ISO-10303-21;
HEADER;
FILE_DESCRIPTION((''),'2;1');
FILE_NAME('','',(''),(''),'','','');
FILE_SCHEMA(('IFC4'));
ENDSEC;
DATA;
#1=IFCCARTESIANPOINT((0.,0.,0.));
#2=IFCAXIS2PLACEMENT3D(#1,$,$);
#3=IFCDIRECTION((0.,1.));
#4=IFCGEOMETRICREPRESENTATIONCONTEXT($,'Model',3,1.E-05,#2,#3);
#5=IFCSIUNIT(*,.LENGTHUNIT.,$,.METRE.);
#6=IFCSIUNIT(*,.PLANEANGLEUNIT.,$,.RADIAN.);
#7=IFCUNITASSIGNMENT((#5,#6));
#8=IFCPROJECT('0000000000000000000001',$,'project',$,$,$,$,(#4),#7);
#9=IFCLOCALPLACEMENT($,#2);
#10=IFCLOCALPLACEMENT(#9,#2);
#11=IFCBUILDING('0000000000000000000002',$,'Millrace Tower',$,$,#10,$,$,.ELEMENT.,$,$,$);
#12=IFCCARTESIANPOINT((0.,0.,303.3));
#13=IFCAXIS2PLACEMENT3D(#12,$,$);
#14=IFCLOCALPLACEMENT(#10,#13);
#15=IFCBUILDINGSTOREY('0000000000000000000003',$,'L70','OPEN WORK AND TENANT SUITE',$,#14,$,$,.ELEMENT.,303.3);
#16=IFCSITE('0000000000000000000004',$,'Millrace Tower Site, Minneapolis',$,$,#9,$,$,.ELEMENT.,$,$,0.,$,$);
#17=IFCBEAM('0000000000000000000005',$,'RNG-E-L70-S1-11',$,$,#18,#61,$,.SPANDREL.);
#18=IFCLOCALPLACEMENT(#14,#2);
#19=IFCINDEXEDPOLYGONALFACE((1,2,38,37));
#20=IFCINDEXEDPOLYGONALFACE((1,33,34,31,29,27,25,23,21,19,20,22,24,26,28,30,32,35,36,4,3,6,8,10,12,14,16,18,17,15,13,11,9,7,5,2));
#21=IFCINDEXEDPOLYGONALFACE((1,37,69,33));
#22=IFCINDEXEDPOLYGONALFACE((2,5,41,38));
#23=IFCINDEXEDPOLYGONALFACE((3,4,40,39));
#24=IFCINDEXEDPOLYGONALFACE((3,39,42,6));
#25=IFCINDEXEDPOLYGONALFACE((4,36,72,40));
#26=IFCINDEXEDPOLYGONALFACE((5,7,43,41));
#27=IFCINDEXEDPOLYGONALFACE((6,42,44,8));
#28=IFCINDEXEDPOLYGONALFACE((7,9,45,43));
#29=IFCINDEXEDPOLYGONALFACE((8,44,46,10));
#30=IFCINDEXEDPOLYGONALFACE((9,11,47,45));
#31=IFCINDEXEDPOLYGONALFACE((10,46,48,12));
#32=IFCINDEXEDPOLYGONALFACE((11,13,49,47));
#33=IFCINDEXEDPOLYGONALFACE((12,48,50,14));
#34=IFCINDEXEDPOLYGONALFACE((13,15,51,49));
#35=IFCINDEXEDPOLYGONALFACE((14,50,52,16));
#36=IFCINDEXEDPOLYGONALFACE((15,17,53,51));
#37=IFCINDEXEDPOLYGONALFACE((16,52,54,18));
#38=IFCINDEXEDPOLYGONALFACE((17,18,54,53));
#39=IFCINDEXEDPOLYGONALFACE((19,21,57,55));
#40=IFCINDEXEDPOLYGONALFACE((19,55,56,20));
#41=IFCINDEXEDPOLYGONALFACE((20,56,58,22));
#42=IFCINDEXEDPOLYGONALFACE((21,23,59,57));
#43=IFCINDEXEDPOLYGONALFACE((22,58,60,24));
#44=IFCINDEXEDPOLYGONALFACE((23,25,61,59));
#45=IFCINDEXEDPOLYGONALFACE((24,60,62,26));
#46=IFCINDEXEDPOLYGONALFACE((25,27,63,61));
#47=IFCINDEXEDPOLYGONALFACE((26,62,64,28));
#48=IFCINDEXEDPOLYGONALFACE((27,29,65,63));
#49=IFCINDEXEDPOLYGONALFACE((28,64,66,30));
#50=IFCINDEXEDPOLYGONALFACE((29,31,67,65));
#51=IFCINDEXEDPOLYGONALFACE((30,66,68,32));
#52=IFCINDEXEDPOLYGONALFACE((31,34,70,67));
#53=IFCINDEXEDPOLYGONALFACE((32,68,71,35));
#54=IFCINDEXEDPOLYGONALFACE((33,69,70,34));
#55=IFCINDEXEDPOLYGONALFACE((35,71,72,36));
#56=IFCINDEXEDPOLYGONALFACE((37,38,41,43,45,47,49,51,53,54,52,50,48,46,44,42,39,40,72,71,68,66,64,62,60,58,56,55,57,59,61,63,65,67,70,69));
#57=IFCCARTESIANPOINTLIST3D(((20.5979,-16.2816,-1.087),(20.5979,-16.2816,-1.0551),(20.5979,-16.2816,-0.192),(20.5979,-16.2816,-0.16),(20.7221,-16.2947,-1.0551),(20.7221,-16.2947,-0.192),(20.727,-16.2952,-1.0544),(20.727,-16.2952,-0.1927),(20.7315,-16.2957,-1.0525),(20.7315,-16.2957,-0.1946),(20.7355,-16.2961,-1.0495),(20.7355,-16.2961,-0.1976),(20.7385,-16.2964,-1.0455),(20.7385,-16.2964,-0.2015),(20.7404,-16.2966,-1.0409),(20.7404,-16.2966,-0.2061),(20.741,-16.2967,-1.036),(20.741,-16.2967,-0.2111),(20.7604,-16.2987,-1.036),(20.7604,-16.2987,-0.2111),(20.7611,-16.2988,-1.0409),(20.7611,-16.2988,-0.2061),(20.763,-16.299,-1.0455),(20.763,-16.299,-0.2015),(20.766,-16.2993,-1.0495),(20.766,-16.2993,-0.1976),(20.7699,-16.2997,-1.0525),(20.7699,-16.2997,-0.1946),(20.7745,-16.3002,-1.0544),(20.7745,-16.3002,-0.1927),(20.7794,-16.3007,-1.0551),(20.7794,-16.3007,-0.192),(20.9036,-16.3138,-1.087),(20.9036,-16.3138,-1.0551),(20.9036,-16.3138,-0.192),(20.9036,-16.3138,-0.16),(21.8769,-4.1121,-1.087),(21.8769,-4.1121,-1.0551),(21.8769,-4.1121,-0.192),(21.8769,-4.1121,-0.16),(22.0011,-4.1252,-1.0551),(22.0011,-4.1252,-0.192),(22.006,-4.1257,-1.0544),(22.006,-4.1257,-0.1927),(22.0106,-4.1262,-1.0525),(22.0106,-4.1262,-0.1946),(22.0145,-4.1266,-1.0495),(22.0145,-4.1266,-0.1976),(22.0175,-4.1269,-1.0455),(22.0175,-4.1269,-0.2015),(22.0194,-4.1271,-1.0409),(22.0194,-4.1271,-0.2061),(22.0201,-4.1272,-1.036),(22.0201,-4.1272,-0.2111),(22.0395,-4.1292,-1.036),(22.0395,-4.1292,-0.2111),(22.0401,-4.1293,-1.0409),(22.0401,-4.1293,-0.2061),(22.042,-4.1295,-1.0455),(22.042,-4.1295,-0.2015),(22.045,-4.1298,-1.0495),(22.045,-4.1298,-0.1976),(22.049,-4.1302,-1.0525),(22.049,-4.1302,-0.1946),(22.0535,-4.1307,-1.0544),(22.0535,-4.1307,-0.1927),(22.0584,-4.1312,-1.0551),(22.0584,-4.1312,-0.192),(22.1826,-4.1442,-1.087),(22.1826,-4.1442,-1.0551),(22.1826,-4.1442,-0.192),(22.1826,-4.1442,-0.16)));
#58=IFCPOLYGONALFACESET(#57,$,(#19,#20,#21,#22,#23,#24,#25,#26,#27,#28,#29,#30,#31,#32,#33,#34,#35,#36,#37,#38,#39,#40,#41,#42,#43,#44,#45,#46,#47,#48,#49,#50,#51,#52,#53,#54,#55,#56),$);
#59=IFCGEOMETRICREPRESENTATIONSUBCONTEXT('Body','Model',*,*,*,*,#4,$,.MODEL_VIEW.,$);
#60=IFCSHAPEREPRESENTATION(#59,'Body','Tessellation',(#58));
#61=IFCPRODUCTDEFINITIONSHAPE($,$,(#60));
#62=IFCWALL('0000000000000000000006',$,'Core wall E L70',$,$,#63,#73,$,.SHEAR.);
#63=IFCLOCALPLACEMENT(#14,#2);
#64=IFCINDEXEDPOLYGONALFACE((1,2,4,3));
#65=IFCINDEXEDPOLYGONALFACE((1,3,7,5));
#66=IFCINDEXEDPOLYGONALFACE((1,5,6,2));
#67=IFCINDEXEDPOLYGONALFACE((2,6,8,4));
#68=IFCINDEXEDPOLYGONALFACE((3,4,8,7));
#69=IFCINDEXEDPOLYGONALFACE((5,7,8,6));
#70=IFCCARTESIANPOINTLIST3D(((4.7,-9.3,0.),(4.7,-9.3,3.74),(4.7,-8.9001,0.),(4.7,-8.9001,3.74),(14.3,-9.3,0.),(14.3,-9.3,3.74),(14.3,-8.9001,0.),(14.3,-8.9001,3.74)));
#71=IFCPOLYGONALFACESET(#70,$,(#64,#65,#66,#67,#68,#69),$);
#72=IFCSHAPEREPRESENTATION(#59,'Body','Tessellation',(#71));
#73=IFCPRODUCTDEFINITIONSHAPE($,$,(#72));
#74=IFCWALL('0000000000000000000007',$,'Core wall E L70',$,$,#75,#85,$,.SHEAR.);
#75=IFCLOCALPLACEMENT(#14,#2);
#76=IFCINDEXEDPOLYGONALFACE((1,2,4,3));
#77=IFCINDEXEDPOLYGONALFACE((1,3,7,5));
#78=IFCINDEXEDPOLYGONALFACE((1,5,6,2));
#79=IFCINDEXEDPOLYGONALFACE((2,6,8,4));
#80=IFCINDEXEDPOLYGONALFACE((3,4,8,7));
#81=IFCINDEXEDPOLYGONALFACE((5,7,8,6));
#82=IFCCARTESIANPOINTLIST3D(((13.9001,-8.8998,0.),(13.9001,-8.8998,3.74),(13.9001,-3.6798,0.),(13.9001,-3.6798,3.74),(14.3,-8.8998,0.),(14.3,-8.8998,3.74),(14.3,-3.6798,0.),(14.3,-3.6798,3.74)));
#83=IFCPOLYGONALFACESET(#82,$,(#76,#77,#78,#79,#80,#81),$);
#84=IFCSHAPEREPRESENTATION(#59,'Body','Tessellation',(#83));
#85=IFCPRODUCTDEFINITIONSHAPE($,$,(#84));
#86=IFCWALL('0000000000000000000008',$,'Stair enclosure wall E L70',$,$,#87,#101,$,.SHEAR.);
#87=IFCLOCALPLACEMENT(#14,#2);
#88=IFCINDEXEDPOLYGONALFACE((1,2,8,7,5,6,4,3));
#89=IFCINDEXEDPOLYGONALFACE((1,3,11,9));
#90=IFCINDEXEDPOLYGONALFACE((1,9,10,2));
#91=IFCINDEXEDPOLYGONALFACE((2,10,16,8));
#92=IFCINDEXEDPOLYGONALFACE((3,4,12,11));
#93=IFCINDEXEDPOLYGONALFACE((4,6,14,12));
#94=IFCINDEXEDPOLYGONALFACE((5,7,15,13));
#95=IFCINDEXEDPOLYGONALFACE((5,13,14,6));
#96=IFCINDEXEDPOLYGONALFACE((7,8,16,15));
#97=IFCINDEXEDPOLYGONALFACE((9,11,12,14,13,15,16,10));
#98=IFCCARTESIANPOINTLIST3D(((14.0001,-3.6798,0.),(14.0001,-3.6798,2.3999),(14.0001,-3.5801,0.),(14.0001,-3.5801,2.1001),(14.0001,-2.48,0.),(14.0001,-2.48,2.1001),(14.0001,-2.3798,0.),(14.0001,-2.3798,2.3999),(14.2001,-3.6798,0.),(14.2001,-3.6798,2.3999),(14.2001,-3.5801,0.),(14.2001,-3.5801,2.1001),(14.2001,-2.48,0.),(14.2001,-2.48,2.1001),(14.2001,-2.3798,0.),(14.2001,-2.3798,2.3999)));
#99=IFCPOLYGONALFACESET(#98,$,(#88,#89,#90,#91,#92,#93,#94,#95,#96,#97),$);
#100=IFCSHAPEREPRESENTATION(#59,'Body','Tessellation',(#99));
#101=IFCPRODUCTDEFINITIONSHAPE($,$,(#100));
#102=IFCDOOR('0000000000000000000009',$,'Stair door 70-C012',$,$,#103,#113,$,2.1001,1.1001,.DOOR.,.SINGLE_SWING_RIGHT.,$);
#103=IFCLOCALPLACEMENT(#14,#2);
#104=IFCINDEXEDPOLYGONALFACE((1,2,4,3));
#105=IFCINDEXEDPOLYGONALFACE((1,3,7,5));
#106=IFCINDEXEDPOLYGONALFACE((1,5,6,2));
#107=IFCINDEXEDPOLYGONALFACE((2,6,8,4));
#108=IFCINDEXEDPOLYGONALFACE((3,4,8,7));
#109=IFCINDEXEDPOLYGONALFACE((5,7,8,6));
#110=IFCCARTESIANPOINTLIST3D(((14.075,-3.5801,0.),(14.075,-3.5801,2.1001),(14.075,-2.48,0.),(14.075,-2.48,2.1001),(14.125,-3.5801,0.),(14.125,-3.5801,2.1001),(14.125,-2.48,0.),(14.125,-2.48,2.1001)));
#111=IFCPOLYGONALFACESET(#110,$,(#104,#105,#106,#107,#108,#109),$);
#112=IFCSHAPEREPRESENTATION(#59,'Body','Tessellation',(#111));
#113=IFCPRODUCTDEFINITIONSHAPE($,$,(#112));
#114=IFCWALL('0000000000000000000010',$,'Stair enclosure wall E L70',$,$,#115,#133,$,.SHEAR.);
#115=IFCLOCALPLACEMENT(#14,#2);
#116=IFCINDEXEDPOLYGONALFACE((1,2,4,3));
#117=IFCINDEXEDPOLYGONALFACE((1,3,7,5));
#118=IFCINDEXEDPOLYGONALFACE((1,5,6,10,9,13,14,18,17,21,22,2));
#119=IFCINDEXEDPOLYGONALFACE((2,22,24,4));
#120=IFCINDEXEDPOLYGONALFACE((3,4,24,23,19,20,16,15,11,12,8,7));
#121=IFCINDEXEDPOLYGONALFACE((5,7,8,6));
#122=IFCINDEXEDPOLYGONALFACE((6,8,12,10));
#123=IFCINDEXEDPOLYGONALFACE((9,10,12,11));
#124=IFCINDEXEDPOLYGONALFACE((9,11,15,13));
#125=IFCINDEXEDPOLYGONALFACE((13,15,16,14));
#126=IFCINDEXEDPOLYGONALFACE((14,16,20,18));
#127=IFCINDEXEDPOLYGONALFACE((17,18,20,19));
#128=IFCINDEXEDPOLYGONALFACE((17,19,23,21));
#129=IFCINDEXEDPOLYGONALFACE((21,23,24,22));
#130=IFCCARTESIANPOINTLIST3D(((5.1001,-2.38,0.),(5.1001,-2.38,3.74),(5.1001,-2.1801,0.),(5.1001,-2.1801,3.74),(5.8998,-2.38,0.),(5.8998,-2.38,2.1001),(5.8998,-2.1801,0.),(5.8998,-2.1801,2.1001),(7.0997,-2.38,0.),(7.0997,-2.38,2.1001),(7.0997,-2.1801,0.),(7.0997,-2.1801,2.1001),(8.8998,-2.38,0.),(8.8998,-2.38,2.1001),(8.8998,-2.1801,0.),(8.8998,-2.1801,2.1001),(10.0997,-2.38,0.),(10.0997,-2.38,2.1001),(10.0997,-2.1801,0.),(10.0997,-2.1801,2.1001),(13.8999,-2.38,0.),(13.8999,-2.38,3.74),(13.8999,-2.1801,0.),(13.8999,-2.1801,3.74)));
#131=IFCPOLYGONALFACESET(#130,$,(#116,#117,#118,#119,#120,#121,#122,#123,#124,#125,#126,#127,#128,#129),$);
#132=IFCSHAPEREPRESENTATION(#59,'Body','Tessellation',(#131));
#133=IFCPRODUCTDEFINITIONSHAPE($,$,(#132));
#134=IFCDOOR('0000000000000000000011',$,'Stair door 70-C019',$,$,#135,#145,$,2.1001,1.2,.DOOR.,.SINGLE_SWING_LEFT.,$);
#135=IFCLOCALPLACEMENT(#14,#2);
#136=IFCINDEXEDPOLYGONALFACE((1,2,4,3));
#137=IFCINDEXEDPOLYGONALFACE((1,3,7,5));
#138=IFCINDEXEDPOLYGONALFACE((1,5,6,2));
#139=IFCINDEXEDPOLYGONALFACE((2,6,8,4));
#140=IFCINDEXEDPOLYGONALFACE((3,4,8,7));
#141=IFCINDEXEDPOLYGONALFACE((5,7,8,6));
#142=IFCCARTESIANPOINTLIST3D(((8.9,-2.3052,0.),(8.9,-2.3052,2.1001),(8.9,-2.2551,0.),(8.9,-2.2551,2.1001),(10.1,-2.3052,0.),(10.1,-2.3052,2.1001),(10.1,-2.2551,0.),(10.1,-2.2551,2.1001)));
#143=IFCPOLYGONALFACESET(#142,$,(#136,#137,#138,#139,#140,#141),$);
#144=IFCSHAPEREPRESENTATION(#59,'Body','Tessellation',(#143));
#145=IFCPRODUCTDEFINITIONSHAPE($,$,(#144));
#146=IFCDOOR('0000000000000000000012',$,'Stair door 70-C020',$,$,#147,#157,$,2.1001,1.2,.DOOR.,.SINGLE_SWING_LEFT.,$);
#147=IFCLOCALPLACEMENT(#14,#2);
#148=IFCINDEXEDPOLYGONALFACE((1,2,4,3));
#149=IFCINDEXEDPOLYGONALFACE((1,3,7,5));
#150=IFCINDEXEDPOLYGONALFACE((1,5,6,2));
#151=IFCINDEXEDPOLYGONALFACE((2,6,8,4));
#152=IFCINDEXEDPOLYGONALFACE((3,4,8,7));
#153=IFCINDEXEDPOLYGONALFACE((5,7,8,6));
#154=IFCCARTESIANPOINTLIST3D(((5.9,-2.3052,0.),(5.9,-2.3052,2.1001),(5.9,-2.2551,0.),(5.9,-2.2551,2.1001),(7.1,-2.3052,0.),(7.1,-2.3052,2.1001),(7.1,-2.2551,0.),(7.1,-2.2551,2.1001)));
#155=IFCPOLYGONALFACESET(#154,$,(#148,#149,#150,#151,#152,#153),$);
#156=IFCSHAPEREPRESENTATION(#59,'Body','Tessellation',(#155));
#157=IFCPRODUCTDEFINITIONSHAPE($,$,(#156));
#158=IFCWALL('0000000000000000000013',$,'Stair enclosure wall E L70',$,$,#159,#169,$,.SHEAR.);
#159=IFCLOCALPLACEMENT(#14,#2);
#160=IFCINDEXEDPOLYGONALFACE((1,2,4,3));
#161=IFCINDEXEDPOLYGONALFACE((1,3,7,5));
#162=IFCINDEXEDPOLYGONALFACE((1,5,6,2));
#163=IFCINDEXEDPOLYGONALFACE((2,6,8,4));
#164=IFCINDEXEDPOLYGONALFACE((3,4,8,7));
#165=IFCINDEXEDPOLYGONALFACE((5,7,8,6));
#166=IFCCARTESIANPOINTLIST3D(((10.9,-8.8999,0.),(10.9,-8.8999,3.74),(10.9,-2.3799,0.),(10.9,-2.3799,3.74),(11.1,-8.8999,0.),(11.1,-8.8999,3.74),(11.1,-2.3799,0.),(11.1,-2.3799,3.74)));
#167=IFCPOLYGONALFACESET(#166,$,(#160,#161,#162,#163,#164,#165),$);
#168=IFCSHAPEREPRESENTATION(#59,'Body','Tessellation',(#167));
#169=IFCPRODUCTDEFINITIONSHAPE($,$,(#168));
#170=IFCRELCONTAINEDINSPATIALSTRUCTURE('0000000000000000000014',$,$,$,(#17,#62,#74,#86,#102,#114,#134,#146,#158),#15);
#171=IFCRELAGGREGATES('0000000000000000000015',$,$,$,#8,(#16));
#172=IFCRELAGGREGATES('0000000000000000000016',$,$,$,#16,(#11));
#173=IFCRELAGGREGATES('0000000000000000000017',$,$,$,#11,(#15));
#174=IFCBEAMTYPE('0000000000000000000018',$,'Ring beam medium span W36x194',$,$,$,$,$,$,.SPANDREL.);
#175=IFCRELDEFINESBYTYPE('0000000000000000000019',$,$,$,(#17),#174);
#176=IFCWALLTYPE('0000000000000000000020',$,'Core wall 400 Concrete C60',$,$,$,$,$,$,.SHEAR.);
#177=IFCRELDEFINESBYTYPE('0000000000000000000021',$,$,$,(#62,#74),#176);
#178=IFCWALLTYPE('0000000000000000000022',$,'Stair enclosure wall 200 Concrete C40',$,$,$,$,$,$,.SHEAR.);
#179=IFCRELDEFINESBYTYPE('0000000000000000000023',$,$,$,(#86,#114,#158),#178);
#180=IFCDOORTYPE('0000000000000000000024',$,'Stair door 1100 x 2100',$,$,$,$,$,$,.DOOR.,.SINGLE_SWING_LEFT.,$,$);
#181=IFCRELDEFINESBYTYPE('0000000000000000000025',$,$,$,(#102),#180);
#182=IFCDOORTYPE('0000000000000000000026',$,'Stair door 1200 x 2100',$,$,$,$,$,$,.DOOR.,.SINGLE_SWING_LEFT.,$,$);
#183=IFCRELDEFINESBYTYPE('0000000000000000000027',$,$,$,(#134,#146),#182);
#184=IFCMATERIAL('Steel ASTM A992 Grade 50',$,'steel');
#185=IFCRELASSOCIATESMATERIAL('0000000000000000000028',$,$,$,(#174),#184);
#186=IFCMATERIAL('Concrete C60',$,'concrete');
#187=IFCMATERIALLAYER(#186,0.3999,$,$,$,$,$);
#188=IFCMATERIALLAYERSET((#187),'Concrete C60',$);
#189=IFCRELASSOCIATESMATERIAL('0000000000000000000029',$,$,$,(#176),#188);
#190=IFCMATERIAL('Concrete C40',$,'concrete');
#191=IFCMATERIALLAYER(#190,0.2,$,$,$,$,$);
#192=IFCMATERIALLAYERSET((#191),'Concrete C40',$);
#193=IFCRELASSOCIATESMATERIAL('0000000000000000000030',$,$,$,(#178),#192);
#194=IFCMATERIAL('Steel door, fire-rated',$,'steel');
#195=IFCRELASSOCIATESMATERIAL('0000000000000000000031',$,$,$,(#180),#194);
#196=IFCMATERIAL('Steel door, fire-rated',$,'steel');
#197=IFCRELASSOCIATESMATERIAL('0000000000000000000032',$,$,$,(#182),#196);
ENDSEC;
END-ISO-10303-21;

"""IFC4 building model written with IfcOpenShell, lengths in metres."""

from ifc_helpers import new_model, si_unit, direction, frame, frame_2d, origin, origin_2d, place, context, subcontext, project, spatial, rectangle, i_section, extrude, material, layer, layer_set, material_profile, profile_set, type_object, element, fill, save


model = new_model("IFC4")

# Units and contexts
model_context = context("Model", 3, precision=1e-05, world=origin(), true_north=direction((0.0, 1.0)))
body_context = subcontext(model_context, "Body", "Model", "MODEL_VIEW")
ifc_project = project(units=[si_unit("LENGTHUNIT", "METRE"), si_unit("PLANEANGLEUNIT", "RADIAN")], contexts=[model_context])

# Site, building, storey
site_placement = place(None, origin())
site = spatial("IfcSite", under=ifc_project, at=site_placement, Name="Millrace Tower Site, Minneapolis", CompositionType="ELEMENT", RefElevation=0.0)
building_placement = place(site_placement, origin())
building = spatial("IfcBuilding", under=site, at=building_placement, Name="Millrace Tower", CompositionType="ELEMENT")
storey_placement = place(building_placement, frame((0.0, 0.0, 303.3)))
storey = spatial("IfcBuildingStorey", under=building, at=storey_placement, Name="L70", Description="OPEN WORK AND TENANT SUITE", CompositionType="ELEMENT", Elevation=303.3)

# Beam
ifc_material_1 = material(Name="Steel ASTM A992 Grade 50", Category="steel")
ifc_material_profile_1 = material_profile(ifc_material_1, i_section(OverallWidth=0.3074, OverallDepth=0.927, WebThickness=0.0195, FlangeThickness=0.032, FilletRadius=0.019, at=origin_2d()))
ifc_profile_set_1 = profile_set([ifc_material_profile_1], Name="Steel ASTM A992 Grade 50")
beam_type_1 = type_object("IfcBeamType", Name="Ring beam medium span W36x194", PredefinedType="SPANDREL", material=ifc_profile_set_1)
beam_1_placement = place(storey_placement, frame((22.0298, -4.1282, -0.6235), z_axis=(-0.104528, -0.994522, 0.0), x_axis=(0.994522, -0.104528, 0.0)))
element("IfcBeam", 1, at=beam_1_placement, inside=storey, type_object=beam_type_1, Name="RNG-E-L70-S1-11", PredefinedType="SPANDREL", context=body_context, shape_type="SweptSolid", body=[
    extrude(i_section(OverallWidth=0.3074, OverallDepth=0.927, WebThickness=0.0195, FlangeThickness=0.032, FilletRadius=0.019, at=origin_2d()), origin(), (0.0, 0.0, 1.0), 12.2366),
])

# Walls
ifc_material_2 = material(Name="Concrete C60", Category="concrete")
ifc_layer_1 = layer(ifc_material_2, 0.3999)
ifc_layer_set_1 = layer_set([ifc_layer_1], Name="Concrete C60")
wall_type_1 = type_object("IfcWallType", Name="Core wall 400 Concrete C60", PredefinedType="SHEAR", material=ifc_layer_set_1)
wall_1_placement = place(storey_placement, frame((14.3, -9.1001, 0.0), z_axis=(0.0, 0.0, 1.0), x_axis=(-1.0, 0.0, 0.0)))
element("IfcWall", 2, at=wall_1_placement, inside=storey, type_object=wall_type_1, Name="Core wall E L70", PredefinedType="SHEAR", context=body_context, shape_type="SweptSolid", body=[
    extrude(rectangle(XDim=9.6001, YDim=0.3999, at=frame_2d((4.8, 0.0))), origin(), (0.0, 0.0, 1.0), 3.74),
])
wall_2_placement = place(storey_placement, frame((14.1001, -3.6799, 0.0), z_axis=(0.0, 0.0, 1.0), x_axis=(0.0, -1.0, 0.0)))
element("IfcWall", 3, at=wall_2_placement, inside=storey, type_object=wall_type_1, Name="Core wall E L70", PredefinedType="SHEAR", context=body_context, shape_type="SweptSolid", body=[
    extrude(rectangle(XDim=5.22, YDim=0.3999, at=frame_2d((2.6099, 0.0))), origin(), (0.0, 0.0, 1.0), 3.74),
])

# Wall, opening, door
ifc_material_3 = material(Name="Concrete C40", Category="concrete")
ifc_layer_2 = layer(ifc_material_3, 0.2)
ifc_layer_set_2 = layer_set([ifc_layer_2], Name="Concrete C40")
wall_type_2 = type_object("IfcWallType", Name="Stair enclosure wall 200 Concrete C40", PredefinedType="SHEAR", material=ifc_layer_set_2)
wall_3_placement = place(storey_placement, frame((14.1001, -2.3799, 0.0), z_axis=(0.0, 0.0, 1.0), x_axis=(0.0, -1.0, 0.0)))
wall_3 = element("IfcWall", 4, at=wall_3_placement, inside=storey, type_object=wall_type_2, Name="Stair enclosure wall E L70", PredefinedType="SHEAR", context=body_context, shape_type="SweptSolid", body=[
    extrude(rectangle(XDim=1.3, YDim=0.2, at=frame_2d((0.6499, 0.0))), origin(), (0.0, 0.0, 1.0), 2.3999),
])
opening_1_placement = place(wall_3_placement, frame((0.1001, 0.0, 0.0)))
opening_1 = element("IfcOpeningElement", 5, at=opening_1_placement, cuts=wall_3, PredefinedType="OPENING", context=body_context, shape_type="SweptSolid", body=[
    extrude(rectangle(XDim=1.1001, YDim=2.1001, at=frame_2d((0.55, 1.05))), frame((0.0, 0.1099, 0.0), z_axis=(0.0, -1.0, 0.0), x_axis=(1.0, 0.0, 0.0)), (0.0, 0.0, 1.0), 0.22),
])
ifc_material_4 = material(Name="Steel door, fire-rated", Category="steel")
door_type_1 = type_object("IfcDoorType", Name="Stair door 1100 x 2100", OperationType="SINGLE_SWING_LEFT", PredefinedType="DOOR", material=ifc_material_4)
door_1_placement = place(opening_1_placement, origin())
door_1 = element("IfcDoor", 6, at=door_1_placement, inside=storey, type_object=door_type_1, Name="Stair door 70-C012", OperationType="SINGLE_SWING_RIGHT", OverallHeight=2.1001, OverallWidth=1.1001, PredefinedType="DOOR", context=body_context, shape_type="SweptSolid", body=[
    extrude(rectangle(XDim=1.1001, YDim=2.1001, at=frame_2d((0.55, 1.05))), frame((0.0, 0.0249, 0.0), z_axis=(0.0, -1.0, 0.0), x_axis=(1.0, 0.0, 0.0)), (0.0, 0.0, 1.0), 0.05),
])
fill(opening_1, door_1)

# Wall, openings, doors
wall_4_placement = place(storey_placement, frame((13.8999, -2.28, 0.0), z_axis=(0.0, 0.0, 1.0), x_axis=(-1.0, 0.0, 0.0)))
wall_4 = element("IfcWall", 7, at=wall_4_placement, inside=storey, type_object=wall_type_2, Name="Stair enclosure wall E L70", PredefinedType="SHEAR", context=body_context, shape_type="SweptSolid", body=[
    extrude(rectangle(XDim=8.7998, YDim=0.2, at=frame_2d((4.3999, 0.0))), origin(), (0.0, 0.0, 1.0), 3.74),
])
opening_2_placement = place(wall_4_placement, frame((3.8, 0.0, 0.0)))
opening_2 = element("IfcOpeningElement", 8, at=opening_2_placement, cuts=wall_4, PredefinedType="OPENING", context=body_context, shape_type="SweptSolid", body=[
    extrude(rectangle(XDim=1.2, YDim=2.1001, at=frame_2d((0.6001, 1.05))), frame((0.0, 0.1099, 0.0), z_axis=(0.0, -1.0, 0.0), x_axis=(1.0, 0.0, 0.0)), (0.0, 0.0, 1.0), 0.22),
])
opening_3_placement = place(wall_4_placement, frame((6.8, 0.0, 0.0)))
opening_3 = element("IfcOpeningElement", 9, at=opening_3_placement, cuts=wall_4, PredefinedType="OPENING", context=body_context, shape_type="SweptSolid", body=[
    extrude(rectangle(XDim=1.2, YDim=2.1001, at=frame_2d((0.6001, 1.05))), frame((0.0, 0.1099, 0.0), z_axis=(0.0, -1.0, 0.0), x_axis=(1.0, 0.0, 0.0)), (0.0, 0.0, 1.0), 0.22),
])
ifc_material_5 = material(Name="Steel door, fire-rated", Category="steel")
door_type_2 = type_object("IfcDoorType", Name="Stair door 1200 x 2100", OperationType="SINGLE_SWING_LEFT", PredefinedType="DOOR", material=ifc_material_5)
door_2_placement = place(opening_2_placement, frame((1.2, 0.0, 0.0), z_axis=(0.0, 0.0, 1.0), x_axis=(-1.0, 0.0, 0.0)))
door_2 = element("IfcDoor", 10, at=door_2_placement, inside=storey, type_object=door_type_2, Name="Stair door 70-C019", OperationType="SINGLE_SWING_LEFT", OverallHeight=2.1001, OverallWidth=1.2, PredefinedType="DOOR", context=body_context, shape_type="SweptSolid", body=[
    extrude(rectangle(XDim=1.2, YDim=2.1001, at=frame_2d((0.6001, 1.05))), frame((0.0, 0.0249, 0.0), z_axis=(0.0, -1.0, 0.0), x_axis=(1.0, 0.0, 0.0)), (0.0, 0.0, 1.0), 0.05),
])
fill(opening_2, door_2)
door_3_placement = place(opening_3_placement, frame((1.2, 0.0, 0.0), z_axis=(0.0, 0.0, 1.0), x_axis=(-1.0, 0.0, 0.0)))
door_3 = element("IfcDoor", 11, at=door_3_placement, inside=storey, type_object=door_type_2, Name="Stair door 70-C020", OperationType="SINGLE_SWING_LEFT", OverallHeight=2.1001, OverallWidth=1.2, PredefinedType="DOOR", context=body_context, shape_type="SweptSolid", body=[
    extrude(rectangle(XDim=1.2, YDim=2.1001, at=frame_2d((0.6001, 1.05))), frame((0.0, 0.0249, 0.0), z_axis=(0.0, -1.0, 0.0), x_axis=(1.0, 0.0, 0.0)), (0.0, 0.0, 1.0), 0.05),
])
fill(opening_3, door_3)

# Wall
wall_5_placement = place(storey_placement, frame((11.0, -2.3799, 0.0), z_axis=(0.0, 0.0, 1.0), x_axis=(0.0, -1.0, 0.0)))
element("IfcWall", 12, at=wall_5_placement, inside=storey, type_object=wall_type_2, Name="Stair enclosure wall E L70", PredefinedType="SHEAR", context=body_context, shape_type="SweptSolid", body=[
    extrude(rectangle(XDim=6.52, YDim=0.2, at=frame_2d((3.26, 0.0))), origin(), (0.0, 0.0, 1.0), 3.74),
])

save(model, "model.ifc")
